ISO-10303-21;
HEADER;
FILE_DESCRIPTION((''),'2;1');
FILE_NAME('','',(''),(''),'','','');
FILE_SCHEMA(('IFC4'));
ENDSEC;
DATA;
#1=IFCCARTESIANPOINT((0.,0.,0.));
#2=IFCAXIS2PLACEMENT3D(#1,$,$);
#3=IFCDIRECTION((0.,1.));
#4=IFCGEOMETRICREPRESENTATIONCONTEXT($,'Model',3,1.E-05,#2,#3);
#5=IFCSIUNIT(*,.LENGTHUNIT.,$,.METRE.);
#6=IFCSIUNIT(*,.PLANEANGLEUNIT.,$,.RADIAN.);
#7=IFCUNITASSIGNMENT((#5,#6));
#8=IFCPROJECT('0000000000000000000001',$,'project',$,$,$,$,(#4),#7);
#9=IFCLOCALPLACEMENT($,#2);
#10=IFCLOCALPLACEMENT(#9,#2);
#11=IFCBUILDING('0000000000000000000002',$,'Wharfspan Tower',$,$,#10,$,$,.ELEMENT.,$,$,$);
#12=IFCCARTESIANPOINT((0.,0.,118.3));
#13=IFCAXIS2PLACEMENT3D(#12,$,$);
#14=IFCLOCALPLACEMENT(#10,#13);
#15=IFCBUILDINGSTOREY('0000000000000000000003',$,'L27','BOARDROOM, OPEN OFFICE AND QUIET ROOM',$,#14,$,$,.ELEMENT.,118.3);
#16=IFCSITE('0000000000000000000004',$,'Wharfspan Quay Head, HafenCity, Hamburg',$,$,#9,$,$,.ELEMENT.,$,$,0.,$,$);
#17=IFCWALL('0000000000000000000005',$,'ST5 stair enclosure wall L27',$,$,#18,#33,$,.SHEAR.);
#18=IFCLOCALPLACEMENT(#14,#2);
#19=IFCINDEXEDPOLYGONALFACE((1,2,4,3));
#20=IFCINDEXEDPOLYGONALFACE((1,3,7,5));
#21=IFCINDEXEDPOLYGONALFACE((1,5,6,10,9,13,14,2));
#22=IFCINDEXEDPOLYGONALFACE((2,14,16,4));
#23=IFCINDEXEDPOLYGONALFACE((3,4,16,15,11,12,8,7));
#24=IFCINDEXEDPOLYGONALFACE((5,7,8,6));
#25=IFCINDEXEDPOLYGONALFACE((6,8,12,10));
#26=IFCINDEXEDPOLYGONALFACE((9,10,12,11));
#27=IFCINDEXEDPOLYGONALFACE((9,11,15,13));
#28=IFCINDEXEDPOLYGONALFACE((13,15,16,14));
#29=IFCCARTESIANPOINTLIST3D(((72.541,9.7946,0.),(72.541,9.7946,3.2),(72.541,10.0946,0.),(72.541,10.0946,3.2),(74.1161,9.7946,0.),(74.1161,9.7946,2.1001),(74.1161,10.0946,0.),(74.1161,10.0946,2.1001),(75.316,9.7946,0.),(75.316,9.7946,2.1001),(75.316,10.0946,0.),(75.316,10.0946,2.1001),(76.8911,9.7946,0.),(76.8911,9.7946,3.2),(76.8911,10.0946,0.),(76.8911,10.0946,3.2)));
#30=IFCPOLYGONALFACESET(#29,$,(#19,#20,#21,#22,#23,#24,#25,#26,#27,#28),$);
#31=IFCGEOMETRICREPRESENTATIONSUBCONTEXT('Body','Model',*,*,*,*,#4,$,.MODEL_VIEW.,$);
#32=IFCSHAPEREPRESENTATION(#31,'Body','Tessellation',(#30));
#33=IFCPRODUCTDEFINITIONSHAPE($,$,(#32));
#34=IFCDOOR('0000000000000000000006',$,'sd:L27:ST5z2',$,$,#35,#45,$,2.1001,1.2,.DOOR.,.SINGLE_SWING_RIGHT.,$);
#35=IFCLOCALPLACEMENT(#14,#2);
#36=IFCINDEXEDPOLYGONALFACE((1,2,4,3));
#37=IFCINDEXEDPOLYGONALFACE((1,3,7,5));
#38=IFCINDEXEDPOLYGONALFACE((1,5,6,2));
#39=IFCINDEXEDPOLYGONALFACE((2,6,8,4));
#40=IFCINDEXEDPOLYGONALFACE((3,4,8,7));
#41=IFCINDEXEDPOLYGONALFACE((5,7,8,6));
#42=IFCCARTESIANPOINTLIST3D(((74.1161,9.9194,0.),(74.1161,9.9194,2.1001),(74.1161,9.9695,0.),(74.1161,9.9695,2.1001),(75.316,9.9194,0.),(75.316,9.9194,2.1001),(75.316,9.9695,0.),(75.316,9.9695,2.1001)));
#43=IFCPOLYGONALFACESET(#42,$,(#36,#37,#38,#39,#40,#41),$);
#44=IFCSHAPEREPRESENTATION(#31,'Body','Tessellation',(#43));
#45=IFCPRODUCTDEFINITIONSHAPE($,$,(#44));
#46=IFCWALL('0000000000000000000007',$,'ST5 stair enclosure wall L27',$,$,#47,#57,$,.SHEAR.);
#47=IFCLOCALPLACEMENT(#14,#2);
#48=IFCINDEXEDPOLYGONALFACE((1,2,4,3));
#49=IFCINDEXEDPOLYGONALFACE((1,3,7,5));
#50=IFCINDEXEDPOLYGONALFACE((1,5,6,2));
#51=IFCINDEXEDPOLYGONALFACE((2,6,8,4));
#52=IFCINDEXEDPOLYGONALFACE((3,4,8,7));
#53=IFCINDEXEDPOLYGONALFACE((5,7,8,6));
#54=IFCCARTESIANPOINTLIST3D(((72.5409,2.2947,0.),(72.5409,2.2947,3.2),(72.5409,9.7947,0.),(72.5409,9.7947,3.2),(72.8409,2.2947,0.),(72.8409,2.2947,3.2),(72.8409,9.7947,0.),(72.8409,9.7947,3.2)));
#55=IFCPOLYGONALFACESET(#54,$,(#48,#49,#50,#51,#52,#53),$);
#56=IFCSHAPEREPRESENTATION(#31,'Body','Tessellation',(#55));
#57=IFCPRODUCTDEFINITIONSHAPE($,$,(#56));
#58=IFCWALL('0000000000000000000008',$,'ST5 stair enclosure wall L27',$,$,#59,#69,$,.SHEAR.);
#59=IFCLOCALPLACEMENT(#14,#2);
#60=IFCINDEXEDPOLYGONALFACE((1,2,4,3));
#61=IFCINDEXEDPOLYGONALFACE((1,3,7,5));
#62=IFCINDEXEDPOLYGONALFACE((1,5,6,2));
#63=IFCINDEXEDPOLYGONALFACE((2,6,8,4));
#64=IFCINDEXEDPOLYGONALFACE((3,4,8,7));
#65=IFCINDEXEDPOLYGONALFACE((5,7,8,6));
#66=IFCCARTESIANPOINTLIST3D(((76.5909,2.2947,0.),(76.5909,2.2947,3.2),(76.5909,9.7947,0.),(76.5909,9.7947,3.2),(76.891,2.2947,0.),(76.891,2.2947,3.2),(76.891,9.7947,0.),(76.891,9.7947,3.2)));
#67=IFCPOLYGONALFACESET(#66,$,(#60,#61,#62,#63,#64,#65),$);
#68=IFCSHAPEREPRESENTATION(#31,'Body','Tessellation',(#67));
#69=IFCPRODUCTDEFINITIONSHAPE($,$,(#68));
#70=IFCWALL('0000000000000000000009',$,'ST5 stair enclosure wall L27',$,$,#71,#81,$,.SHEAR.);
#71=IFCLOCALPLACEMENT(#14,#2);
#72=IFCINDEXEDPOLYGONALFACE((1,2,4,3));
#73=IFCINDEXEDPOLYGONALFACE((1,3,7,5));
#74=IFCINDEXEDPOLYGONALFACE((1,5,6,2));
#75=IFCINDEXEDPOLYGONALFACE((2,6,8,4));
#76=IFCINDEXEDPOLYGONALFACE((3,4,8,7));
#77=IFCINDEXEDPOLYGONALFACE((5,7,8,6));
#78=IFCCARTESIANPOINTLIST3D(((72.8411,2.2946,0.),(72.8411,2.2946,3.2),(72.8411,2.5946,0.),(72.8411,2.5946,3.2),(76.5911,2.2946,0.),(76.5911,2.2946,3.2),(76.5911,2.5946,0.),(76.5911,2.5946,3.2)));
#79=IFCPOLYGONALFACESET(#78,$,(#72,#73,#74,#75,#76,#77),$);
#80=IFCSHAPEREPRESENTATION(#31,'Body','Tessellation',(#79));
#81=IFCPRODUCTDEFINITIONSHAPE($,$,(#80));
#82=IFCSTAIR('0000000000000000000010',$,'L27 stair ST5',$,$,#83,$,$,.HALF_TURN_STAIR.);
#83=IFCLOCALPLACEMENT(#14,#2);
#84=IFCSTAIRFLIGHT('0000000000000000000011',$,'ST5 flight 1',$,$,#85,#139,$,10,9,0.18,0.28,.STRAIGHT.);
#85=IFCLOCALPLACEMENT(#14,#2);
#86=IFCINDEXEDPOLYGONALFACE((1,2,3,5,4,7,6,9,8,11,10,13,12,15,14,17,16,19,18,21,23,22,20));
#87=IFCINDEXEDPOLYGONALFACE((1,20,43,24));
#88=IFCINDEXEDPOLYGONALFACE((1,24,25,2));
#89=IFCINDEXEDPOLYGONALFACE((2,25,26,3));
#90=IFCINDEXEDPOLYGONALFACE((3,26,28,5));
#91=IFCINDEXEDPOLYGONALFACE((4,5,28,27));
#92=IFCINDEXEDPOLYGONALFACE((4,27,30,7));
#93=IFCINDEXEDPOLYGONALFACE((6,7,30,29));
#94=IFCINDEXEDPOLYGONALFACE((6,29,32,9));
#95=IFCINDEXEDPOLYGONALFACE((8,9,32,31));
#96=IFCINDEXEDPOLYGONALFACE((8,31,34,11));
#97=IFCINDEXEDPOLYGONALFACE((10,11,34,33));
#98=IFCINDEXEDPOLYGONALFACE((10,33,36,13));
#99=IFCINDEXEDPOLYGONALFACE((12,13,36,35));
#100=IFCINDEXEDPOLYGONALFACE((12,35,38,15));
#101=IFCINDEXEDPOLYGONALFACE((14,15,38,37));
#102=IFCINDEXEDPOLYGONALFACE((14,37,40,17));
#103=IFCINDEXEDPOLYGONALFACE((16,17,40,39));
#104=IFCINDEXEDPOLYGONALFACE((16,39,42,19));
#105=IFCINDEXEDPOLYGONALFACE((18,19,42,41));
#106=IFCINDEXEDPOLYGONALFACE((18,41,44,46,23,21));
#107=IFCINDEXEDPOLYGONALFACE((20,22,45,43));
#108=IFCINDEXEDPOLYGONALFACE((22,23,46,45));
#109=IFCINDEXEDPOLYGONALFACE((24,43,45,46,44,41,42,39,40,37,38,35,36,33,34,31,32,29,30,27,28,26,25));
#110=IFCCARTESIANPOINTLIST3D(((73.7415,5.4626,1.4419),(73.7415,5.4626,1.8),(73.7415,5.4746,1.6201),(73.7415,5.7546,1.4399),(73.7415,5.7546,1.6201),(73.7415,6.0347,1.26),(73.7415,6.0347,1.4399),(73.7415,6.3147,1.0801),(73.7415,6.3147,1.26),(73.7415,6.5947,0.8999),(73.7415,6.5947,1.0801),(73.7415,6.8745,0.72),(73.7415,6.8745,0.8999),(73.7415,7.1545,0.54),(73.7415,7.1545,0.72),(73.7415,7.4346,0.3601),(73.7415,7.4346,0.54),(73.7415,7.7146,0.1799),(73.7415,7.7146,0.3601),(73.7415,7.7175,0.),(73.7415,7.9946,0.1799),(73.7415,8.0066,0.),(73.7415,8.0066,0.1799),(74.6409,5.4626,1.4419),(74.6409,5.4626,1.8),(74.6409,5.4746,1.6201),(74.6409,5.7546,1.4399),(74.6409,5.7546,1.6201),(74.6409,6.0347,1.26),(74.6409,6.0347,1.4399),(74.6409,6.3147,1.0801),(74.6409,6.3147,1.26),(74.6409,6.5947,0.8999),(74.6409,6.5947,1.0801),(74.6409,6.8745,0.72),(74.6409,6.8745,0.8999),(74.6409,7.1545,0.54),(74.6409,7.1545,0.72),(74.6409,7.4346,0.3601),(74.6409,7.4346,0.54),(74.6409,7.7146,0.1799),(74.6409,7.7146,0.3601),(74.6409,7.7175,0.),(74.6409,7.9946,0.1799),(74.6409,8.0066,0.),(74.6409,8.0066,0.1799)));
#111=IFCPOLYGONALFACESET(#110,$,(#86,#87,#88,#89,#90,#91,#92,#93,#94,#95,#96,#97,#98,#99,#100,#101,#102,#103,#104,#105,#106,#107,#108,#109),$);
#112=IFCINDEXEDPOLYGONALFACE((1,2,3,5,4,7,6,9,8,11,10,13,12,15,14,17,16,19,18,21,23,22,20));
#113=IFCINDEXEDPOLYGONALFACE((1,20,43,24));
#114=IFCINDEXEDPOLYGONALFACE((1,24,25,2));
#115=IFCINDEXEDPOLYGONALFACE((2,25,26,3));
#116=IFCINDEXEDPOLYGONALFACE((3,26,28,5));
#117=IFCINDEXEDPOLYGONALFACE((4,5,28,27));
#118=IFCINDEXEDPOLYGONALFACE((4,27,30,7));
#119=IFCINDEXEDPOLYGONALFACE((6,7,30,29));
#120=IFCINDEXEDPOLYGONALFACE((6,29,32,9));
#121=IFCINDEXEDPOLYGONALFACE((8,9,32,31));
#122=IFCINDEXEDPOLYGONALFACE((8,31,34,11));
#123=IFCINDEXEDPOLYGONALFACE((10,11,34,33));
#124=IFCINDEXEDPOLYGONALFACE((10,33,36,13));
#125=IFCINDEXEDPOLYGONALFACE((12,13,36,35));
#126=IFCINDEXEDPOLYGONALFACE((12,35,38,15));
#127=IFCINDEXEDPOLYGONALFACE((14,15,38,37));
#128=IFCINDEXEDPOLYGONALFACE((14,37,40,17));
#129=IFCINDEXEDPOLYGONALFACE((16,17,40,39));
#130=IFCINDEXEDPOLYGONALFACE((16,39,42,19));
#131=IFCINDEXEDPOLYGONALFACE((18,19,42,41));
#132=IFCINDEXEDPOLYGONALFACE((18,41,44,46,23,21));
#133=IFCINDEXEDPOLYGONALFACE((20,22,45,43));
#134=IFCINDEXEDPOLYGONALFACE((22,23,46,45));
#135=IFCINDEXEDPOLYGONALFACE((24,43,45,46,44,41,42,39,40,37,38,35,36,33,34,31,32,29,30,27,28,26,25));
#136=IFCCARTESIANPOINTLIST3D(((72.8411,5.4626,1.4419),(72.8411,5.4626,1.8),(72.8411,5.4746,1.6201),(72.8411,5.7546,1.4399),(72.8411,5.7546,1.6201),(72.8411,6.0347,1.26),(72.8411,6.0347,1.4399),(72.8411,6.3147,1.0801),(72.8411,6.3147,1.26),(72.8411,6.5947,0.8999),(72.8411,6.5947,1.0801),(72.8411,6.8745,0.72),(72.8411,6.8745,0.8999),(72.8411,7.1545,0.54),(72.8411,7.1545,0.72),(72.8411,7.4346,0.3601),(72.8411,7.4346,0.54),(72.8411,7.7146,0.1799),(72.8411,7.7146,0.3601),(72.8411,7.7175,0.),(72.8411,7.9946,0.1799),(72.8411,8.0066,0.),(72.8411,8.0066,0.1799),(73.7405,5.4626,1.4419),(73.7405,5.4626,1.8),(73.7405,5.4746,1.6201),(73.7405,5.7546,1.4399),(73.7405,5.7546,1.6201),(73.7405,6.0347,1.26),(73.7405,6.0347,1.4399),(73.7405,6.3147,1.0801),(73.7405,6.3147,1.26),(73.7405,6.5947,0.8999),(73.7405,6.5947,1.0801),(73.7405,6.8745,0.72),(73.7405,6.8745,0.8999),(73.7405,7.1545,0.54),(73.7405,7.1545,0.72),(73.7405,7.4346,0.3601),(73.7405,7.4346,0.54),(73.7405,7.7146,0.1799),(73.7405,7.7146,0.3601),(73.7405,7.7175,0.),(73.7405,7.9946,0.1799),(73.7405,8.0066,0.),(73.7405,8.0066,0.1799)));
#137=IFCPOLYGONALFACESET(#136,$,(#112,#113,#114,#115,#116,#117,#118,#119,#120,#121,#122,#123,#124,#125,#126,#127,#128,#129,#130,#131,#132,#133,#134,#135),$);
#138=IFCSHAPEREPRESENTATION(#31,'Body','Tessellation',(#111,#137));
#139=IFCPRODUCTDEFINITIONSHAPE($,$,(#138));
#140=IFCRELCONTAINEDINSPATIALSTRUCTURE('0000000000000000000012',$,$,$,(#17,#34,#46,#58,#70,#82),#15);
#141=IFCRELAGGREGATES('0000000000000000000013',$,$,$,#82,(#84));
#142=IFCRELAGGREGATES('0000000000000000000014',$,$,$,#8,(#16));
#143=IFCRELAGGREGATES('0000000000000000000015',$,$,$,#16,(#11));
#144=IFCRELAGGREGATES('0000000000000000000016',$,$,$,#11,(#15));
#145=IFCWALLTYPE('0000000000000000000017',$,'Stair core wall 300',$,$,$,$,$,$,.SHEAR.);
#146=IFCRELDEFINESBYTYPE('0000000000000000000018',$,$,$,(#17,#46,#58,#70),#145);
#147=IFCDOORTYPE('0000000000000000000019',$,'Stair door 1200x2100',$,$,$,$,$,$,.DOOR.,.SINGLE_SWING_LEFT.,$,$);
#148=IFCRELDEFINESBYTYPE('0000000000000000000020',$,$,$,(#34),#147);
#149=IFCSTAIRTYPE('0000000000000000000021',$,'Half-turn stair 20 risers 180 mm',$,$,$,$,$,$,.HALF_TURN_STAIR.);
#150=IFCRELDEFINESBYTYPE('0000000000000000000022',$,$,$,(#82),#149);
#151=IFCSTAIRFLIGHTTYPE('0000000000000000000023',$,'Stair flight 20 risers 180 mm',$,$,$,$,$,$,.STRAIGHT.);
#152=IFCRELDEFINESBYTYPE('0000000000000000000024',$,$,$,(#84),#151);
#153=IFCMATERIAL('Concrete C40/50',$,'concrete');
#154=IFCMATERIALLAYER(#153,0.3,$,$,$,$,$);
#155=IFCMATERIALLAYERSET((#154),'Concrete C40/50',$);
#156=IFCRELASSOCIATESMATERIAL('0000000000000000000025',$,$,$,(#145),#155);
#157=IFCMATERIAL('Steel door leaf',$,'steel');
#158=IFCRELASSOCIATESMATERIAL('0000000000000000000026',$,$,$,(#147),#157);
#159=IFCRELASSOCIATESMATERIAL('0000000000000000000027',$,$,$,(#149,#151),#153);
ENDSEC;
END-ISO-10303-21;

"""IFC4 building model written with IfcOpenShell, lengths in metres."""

from ifc_helpers import new_model, si_unit, direction, frame, frame_2d, origin, place, context, subcontext, project, spatial, polyline, rectangle, outline, extrude, material, layer, layer_set, type_object, element, fill, aggregate, save


model = new_model("IFC4")

# Units and contexts
model_context = context("Model", 3, precision=1e-05, world=origin(), true_north=direction((0.0, 1.0)))
body_context = subcontext(model_context, "Body", "Model", "MODEL_VIEW")
ifc_project = project(units=[si_unit("LENGTHUNIT", "METRE"), si_unit("PLANEANGLEUNIT", "RADIAN")], contexts=[model_context])

# Site, building, storey
site_placement = place(None, origin())
site = spatial("IfcSite", under=ifc_project, at=site_placement, Name="Wharfspan Quay Head, HafenCity, Hamburg", CompositionType="ELEMENT", RefElevation=0.0)
building_placement = place(site_placement, origin())
building = spatial("IfcBuilding", under=site, at=building_placement, Name="Wharfspan Tower", CompositionType="ELEMENT")
storey_placement = place(building_placement, frame((0.0, 0.0, 118.3)))
storey = spatial("IfcBuildingStorey", under=building, at=storey_placement, Name="L27", Description="BOARDROOM, OPEN OFFICE AND QUIET ROOM", CompositionType="ELEMENT", Elevation=118.3)

# Wall, opening, door
ifc_material_1 = material(Name="Concrete C40/50", Category="concrete")
ifc_layer_1 = layer(ifc_material_1, 0.3)
ifc_layer_set_1 = layer_set([ifc_layer_1], Name="Concrete C40/50")
wall_type_1 = type_object("IfcWallType", Name="Stair core wall 300", PredefinedType="SHEAR", material=ifc_layer_set_1)
wall_1_placement = place(storey_placement, frame((72.541, 9.9446, 0.0), z_axis=(0.0, 0.0, 1.0), x_axis=(1.0, 0.0, 0.0)))
wall_1 = element("IfcWall", 1, at=wall_1_placement, inside=storey, type_object=wall_type_1, Name="ST5 stair enclosure wall L27", PredefinedType="SHEAR", context=body_context, shape_type="SweptSolid", body=[
    extrude(rectangle(XDim=4.3501, YDim=0.3, at=frame_2d((2.175, 0.0))), origin(), (0.0, 0.0, 1.0), 3.2),
])
opening_placement = place(wall_1_placement, frame((1.575, 0.0, 0.0)))
opening = element("IfcOpeningElement", 2, at=opening_placement, cuts=wall_1, PredefinedType="OPENING", context=body_context, shape_type="SweptSolid", body=[
    extrude(rectangle(XDim=1.2, YDim=2.1001, at=frame_2d((0.6001, 1.05))), frame((0.0, 0.1599, 0.0), z_axis=(0.0, -1.0, 0.0), x_axis=(1.0, 0.0, 0.0)), (0.0, 0.0, 1.0), 0.3201),
])
ifc_material_2 = material(Name="Steel door leaf", Category="steel")
door_type = type_object("IfcDoorType", Name="Stair door 1200x2100", OperationType="SINGLE_SWING_LEFT", PredefinedType="DOOR", material=ifc_material_2)
door_placement = place(opening_placement, origin())
door = element("IfcDoor", 3, at=door_placement, inside=storey, type_object=door_type, Name="sd:L27:ST5z2", OperationType="SINGLE_SWING_RIGHT", OverallHeight=2.1001, OverallWidth=1.2, PredefinedType="DOOR", context=body_context, shape_type="SweptSolid", body=[
    extrude(rectangle(XDim=1.2, YDim=2.1001, at=frame_2d((0.6001, 1.05))), frame((0.0, 0.0249, 0.0), z_axis=(0.0, -1.0, 0.0), x_axis=(1.0, 0.0, 0.0)), (0.0, 0.0, 1.0), 0.05),
])
fill(opening, door)

# Walls
for number, where, z_axis, x_axis, name in (
    (4, (72.6909, 2.2947, 0.0), (0.0, 0.0, 1.0), (0.0, 1.0, 0.0), "ST5 stair enclosure wall L27"),
    (5, (76.741, 2.2947, 0.0), (0.0, 0.0, 1.0), (0.0, 1.0, 0.0), "ST5 stair enclosure wall L27"),
):
    element("IfcWall", number, at=place(storey_placement, frame(where, z_axis=z_axis, x_axis=x_axis)), inside=storey, type_object=wall_type_1, Name=name, PredefinedType="SHEAR", context=body_context, shape_type="SweptSolid", body=[
        extrude(rectangle(XDim=7.5, YDim=0.3, at=frame_2d((3.75, 0.0))), origin(), (0.0, 0.0, 1.0), 3.2),
    ])
wall_2_placement = place(storey_placement, frame((72.8411, 2.4446, 0.0), z_axis=(0.0, 0.0, 1.0), x_axis=(1.0, 0.0, 0.0)))
element("IfcWall", 6, at=wall_2_placement, inside=storey, type_object=wall_type_1, Name="ST5 stair enclosure wall L27", PredefinedType="SHEAR", context=body_context, shape_type="SweptSolid", body=[
    extrude(rectangle(XDim=3.75, YDim=0.3, at=frame_2d((1.875, 0.0))), origin(), (0.0, 0.0, 1.0), 3.2),
])

# Stair, stair flight
stair_type = type_object("IfcStairType", Name="Half-turn stair 20 risers 180 mm", PredefinedType="HALF_TURN_STAIR", material=ifc_material_1)
stair_placement = place(storey_placement, origin())
stair = element("IfcStair", 7, at=stair_placement, inside=storey, type_object=stair_type, Name="L27 stair ST5", PredefinedType="HALF_TURN_STAIR")
stair_flight_type = type_object("IfcStairFlightType", Name="Stair flight 20 risers 180 mm", PredefinedType="STRAIGHT", material=ifc_material_1)
stair_flight_1_placement = place(storey_placement, frame((73.741, 7.9946, 0.0), z_axis=(0.0, 0.0, 1.0), x_axis=(0.0, -1.0, 0.0)))
stair_flight_1 = element("IfcStairFlight", 8, at=stair_flight_1_placement, type_object=stair_flight_type, Name="ST5 flight 1", NumberOfRisers=10, NumberOfTreads=9, PredefinedType="STRAIGHT", RiserHeight=0.18, TreadLength=0.28, context=body_context, shape_type="SweptSolid", body=[
    extrude(outline(polyline([(-0.012, 0.0), (-0.012, 0.1799), (0.0, 0.1799), (0.28, 0.1799), (0.28, 0.3601), (0.5601, 0.3601), (0.5601, 0.54), (0.8401, 0.54), (0.8401, 0.72), (1.1201, 0.72), (1.1201, 0.8999), (1.3999, 0.8999), (1.3999, 1.0801), (1.6799, 1.0801), (1.6799, 1.26), (1.96, 1.26), (1.96, 1.4399), (2.24, 1.4399), (2.24, 1.6201), (2.52, 1.6201), (2.532, 1.8), (2.532, 1.4419), (0.2771, 0.0), (-0.012, 0.0)])), frame((0.0, 0.8999, 0.0), z_axis=(0.0, -1.0, 0.0), x_axis=(1.0, 0.0, 0.0)), (0.0, 0.0, 1.0), 0.8994),
    extrude(outline(polyline([(-0.012, 0.0), (-0.012, 0.1799), (0.0, 0.1799), (0.28, 0.1799), (0.28, 0.3601), (0.5601, 0.3601), (0.5601, 0.54), (0.8401, 0.54), (0.8401, 0.72), (1.1201, 0.72), (1.1201, 0.8999), (1.3999, 0.8999), (1.3999, 1.0801), (1.6799, 1.0801), (1.6799, 1.26), (1.96, 1.26), (1.96, 1.4399), (2.24, 1.4399), (2.24, 1.6201), (2.52, 1.6201), (2.532, 1.8), (2.532, 1.4419), (0.2771, 0.0), (-0.012, 0.0)])), frame((0.0, -0.0005, 0.0), z_axis=(0.0, -1.0, 0.0), x_axis=(1.0, 0.0, 0.0)), (0.0, 0.0, 1.0), 0.8994),
])
aggregate(stair, [stair_flight_1])

save(model, "model.ifc")
